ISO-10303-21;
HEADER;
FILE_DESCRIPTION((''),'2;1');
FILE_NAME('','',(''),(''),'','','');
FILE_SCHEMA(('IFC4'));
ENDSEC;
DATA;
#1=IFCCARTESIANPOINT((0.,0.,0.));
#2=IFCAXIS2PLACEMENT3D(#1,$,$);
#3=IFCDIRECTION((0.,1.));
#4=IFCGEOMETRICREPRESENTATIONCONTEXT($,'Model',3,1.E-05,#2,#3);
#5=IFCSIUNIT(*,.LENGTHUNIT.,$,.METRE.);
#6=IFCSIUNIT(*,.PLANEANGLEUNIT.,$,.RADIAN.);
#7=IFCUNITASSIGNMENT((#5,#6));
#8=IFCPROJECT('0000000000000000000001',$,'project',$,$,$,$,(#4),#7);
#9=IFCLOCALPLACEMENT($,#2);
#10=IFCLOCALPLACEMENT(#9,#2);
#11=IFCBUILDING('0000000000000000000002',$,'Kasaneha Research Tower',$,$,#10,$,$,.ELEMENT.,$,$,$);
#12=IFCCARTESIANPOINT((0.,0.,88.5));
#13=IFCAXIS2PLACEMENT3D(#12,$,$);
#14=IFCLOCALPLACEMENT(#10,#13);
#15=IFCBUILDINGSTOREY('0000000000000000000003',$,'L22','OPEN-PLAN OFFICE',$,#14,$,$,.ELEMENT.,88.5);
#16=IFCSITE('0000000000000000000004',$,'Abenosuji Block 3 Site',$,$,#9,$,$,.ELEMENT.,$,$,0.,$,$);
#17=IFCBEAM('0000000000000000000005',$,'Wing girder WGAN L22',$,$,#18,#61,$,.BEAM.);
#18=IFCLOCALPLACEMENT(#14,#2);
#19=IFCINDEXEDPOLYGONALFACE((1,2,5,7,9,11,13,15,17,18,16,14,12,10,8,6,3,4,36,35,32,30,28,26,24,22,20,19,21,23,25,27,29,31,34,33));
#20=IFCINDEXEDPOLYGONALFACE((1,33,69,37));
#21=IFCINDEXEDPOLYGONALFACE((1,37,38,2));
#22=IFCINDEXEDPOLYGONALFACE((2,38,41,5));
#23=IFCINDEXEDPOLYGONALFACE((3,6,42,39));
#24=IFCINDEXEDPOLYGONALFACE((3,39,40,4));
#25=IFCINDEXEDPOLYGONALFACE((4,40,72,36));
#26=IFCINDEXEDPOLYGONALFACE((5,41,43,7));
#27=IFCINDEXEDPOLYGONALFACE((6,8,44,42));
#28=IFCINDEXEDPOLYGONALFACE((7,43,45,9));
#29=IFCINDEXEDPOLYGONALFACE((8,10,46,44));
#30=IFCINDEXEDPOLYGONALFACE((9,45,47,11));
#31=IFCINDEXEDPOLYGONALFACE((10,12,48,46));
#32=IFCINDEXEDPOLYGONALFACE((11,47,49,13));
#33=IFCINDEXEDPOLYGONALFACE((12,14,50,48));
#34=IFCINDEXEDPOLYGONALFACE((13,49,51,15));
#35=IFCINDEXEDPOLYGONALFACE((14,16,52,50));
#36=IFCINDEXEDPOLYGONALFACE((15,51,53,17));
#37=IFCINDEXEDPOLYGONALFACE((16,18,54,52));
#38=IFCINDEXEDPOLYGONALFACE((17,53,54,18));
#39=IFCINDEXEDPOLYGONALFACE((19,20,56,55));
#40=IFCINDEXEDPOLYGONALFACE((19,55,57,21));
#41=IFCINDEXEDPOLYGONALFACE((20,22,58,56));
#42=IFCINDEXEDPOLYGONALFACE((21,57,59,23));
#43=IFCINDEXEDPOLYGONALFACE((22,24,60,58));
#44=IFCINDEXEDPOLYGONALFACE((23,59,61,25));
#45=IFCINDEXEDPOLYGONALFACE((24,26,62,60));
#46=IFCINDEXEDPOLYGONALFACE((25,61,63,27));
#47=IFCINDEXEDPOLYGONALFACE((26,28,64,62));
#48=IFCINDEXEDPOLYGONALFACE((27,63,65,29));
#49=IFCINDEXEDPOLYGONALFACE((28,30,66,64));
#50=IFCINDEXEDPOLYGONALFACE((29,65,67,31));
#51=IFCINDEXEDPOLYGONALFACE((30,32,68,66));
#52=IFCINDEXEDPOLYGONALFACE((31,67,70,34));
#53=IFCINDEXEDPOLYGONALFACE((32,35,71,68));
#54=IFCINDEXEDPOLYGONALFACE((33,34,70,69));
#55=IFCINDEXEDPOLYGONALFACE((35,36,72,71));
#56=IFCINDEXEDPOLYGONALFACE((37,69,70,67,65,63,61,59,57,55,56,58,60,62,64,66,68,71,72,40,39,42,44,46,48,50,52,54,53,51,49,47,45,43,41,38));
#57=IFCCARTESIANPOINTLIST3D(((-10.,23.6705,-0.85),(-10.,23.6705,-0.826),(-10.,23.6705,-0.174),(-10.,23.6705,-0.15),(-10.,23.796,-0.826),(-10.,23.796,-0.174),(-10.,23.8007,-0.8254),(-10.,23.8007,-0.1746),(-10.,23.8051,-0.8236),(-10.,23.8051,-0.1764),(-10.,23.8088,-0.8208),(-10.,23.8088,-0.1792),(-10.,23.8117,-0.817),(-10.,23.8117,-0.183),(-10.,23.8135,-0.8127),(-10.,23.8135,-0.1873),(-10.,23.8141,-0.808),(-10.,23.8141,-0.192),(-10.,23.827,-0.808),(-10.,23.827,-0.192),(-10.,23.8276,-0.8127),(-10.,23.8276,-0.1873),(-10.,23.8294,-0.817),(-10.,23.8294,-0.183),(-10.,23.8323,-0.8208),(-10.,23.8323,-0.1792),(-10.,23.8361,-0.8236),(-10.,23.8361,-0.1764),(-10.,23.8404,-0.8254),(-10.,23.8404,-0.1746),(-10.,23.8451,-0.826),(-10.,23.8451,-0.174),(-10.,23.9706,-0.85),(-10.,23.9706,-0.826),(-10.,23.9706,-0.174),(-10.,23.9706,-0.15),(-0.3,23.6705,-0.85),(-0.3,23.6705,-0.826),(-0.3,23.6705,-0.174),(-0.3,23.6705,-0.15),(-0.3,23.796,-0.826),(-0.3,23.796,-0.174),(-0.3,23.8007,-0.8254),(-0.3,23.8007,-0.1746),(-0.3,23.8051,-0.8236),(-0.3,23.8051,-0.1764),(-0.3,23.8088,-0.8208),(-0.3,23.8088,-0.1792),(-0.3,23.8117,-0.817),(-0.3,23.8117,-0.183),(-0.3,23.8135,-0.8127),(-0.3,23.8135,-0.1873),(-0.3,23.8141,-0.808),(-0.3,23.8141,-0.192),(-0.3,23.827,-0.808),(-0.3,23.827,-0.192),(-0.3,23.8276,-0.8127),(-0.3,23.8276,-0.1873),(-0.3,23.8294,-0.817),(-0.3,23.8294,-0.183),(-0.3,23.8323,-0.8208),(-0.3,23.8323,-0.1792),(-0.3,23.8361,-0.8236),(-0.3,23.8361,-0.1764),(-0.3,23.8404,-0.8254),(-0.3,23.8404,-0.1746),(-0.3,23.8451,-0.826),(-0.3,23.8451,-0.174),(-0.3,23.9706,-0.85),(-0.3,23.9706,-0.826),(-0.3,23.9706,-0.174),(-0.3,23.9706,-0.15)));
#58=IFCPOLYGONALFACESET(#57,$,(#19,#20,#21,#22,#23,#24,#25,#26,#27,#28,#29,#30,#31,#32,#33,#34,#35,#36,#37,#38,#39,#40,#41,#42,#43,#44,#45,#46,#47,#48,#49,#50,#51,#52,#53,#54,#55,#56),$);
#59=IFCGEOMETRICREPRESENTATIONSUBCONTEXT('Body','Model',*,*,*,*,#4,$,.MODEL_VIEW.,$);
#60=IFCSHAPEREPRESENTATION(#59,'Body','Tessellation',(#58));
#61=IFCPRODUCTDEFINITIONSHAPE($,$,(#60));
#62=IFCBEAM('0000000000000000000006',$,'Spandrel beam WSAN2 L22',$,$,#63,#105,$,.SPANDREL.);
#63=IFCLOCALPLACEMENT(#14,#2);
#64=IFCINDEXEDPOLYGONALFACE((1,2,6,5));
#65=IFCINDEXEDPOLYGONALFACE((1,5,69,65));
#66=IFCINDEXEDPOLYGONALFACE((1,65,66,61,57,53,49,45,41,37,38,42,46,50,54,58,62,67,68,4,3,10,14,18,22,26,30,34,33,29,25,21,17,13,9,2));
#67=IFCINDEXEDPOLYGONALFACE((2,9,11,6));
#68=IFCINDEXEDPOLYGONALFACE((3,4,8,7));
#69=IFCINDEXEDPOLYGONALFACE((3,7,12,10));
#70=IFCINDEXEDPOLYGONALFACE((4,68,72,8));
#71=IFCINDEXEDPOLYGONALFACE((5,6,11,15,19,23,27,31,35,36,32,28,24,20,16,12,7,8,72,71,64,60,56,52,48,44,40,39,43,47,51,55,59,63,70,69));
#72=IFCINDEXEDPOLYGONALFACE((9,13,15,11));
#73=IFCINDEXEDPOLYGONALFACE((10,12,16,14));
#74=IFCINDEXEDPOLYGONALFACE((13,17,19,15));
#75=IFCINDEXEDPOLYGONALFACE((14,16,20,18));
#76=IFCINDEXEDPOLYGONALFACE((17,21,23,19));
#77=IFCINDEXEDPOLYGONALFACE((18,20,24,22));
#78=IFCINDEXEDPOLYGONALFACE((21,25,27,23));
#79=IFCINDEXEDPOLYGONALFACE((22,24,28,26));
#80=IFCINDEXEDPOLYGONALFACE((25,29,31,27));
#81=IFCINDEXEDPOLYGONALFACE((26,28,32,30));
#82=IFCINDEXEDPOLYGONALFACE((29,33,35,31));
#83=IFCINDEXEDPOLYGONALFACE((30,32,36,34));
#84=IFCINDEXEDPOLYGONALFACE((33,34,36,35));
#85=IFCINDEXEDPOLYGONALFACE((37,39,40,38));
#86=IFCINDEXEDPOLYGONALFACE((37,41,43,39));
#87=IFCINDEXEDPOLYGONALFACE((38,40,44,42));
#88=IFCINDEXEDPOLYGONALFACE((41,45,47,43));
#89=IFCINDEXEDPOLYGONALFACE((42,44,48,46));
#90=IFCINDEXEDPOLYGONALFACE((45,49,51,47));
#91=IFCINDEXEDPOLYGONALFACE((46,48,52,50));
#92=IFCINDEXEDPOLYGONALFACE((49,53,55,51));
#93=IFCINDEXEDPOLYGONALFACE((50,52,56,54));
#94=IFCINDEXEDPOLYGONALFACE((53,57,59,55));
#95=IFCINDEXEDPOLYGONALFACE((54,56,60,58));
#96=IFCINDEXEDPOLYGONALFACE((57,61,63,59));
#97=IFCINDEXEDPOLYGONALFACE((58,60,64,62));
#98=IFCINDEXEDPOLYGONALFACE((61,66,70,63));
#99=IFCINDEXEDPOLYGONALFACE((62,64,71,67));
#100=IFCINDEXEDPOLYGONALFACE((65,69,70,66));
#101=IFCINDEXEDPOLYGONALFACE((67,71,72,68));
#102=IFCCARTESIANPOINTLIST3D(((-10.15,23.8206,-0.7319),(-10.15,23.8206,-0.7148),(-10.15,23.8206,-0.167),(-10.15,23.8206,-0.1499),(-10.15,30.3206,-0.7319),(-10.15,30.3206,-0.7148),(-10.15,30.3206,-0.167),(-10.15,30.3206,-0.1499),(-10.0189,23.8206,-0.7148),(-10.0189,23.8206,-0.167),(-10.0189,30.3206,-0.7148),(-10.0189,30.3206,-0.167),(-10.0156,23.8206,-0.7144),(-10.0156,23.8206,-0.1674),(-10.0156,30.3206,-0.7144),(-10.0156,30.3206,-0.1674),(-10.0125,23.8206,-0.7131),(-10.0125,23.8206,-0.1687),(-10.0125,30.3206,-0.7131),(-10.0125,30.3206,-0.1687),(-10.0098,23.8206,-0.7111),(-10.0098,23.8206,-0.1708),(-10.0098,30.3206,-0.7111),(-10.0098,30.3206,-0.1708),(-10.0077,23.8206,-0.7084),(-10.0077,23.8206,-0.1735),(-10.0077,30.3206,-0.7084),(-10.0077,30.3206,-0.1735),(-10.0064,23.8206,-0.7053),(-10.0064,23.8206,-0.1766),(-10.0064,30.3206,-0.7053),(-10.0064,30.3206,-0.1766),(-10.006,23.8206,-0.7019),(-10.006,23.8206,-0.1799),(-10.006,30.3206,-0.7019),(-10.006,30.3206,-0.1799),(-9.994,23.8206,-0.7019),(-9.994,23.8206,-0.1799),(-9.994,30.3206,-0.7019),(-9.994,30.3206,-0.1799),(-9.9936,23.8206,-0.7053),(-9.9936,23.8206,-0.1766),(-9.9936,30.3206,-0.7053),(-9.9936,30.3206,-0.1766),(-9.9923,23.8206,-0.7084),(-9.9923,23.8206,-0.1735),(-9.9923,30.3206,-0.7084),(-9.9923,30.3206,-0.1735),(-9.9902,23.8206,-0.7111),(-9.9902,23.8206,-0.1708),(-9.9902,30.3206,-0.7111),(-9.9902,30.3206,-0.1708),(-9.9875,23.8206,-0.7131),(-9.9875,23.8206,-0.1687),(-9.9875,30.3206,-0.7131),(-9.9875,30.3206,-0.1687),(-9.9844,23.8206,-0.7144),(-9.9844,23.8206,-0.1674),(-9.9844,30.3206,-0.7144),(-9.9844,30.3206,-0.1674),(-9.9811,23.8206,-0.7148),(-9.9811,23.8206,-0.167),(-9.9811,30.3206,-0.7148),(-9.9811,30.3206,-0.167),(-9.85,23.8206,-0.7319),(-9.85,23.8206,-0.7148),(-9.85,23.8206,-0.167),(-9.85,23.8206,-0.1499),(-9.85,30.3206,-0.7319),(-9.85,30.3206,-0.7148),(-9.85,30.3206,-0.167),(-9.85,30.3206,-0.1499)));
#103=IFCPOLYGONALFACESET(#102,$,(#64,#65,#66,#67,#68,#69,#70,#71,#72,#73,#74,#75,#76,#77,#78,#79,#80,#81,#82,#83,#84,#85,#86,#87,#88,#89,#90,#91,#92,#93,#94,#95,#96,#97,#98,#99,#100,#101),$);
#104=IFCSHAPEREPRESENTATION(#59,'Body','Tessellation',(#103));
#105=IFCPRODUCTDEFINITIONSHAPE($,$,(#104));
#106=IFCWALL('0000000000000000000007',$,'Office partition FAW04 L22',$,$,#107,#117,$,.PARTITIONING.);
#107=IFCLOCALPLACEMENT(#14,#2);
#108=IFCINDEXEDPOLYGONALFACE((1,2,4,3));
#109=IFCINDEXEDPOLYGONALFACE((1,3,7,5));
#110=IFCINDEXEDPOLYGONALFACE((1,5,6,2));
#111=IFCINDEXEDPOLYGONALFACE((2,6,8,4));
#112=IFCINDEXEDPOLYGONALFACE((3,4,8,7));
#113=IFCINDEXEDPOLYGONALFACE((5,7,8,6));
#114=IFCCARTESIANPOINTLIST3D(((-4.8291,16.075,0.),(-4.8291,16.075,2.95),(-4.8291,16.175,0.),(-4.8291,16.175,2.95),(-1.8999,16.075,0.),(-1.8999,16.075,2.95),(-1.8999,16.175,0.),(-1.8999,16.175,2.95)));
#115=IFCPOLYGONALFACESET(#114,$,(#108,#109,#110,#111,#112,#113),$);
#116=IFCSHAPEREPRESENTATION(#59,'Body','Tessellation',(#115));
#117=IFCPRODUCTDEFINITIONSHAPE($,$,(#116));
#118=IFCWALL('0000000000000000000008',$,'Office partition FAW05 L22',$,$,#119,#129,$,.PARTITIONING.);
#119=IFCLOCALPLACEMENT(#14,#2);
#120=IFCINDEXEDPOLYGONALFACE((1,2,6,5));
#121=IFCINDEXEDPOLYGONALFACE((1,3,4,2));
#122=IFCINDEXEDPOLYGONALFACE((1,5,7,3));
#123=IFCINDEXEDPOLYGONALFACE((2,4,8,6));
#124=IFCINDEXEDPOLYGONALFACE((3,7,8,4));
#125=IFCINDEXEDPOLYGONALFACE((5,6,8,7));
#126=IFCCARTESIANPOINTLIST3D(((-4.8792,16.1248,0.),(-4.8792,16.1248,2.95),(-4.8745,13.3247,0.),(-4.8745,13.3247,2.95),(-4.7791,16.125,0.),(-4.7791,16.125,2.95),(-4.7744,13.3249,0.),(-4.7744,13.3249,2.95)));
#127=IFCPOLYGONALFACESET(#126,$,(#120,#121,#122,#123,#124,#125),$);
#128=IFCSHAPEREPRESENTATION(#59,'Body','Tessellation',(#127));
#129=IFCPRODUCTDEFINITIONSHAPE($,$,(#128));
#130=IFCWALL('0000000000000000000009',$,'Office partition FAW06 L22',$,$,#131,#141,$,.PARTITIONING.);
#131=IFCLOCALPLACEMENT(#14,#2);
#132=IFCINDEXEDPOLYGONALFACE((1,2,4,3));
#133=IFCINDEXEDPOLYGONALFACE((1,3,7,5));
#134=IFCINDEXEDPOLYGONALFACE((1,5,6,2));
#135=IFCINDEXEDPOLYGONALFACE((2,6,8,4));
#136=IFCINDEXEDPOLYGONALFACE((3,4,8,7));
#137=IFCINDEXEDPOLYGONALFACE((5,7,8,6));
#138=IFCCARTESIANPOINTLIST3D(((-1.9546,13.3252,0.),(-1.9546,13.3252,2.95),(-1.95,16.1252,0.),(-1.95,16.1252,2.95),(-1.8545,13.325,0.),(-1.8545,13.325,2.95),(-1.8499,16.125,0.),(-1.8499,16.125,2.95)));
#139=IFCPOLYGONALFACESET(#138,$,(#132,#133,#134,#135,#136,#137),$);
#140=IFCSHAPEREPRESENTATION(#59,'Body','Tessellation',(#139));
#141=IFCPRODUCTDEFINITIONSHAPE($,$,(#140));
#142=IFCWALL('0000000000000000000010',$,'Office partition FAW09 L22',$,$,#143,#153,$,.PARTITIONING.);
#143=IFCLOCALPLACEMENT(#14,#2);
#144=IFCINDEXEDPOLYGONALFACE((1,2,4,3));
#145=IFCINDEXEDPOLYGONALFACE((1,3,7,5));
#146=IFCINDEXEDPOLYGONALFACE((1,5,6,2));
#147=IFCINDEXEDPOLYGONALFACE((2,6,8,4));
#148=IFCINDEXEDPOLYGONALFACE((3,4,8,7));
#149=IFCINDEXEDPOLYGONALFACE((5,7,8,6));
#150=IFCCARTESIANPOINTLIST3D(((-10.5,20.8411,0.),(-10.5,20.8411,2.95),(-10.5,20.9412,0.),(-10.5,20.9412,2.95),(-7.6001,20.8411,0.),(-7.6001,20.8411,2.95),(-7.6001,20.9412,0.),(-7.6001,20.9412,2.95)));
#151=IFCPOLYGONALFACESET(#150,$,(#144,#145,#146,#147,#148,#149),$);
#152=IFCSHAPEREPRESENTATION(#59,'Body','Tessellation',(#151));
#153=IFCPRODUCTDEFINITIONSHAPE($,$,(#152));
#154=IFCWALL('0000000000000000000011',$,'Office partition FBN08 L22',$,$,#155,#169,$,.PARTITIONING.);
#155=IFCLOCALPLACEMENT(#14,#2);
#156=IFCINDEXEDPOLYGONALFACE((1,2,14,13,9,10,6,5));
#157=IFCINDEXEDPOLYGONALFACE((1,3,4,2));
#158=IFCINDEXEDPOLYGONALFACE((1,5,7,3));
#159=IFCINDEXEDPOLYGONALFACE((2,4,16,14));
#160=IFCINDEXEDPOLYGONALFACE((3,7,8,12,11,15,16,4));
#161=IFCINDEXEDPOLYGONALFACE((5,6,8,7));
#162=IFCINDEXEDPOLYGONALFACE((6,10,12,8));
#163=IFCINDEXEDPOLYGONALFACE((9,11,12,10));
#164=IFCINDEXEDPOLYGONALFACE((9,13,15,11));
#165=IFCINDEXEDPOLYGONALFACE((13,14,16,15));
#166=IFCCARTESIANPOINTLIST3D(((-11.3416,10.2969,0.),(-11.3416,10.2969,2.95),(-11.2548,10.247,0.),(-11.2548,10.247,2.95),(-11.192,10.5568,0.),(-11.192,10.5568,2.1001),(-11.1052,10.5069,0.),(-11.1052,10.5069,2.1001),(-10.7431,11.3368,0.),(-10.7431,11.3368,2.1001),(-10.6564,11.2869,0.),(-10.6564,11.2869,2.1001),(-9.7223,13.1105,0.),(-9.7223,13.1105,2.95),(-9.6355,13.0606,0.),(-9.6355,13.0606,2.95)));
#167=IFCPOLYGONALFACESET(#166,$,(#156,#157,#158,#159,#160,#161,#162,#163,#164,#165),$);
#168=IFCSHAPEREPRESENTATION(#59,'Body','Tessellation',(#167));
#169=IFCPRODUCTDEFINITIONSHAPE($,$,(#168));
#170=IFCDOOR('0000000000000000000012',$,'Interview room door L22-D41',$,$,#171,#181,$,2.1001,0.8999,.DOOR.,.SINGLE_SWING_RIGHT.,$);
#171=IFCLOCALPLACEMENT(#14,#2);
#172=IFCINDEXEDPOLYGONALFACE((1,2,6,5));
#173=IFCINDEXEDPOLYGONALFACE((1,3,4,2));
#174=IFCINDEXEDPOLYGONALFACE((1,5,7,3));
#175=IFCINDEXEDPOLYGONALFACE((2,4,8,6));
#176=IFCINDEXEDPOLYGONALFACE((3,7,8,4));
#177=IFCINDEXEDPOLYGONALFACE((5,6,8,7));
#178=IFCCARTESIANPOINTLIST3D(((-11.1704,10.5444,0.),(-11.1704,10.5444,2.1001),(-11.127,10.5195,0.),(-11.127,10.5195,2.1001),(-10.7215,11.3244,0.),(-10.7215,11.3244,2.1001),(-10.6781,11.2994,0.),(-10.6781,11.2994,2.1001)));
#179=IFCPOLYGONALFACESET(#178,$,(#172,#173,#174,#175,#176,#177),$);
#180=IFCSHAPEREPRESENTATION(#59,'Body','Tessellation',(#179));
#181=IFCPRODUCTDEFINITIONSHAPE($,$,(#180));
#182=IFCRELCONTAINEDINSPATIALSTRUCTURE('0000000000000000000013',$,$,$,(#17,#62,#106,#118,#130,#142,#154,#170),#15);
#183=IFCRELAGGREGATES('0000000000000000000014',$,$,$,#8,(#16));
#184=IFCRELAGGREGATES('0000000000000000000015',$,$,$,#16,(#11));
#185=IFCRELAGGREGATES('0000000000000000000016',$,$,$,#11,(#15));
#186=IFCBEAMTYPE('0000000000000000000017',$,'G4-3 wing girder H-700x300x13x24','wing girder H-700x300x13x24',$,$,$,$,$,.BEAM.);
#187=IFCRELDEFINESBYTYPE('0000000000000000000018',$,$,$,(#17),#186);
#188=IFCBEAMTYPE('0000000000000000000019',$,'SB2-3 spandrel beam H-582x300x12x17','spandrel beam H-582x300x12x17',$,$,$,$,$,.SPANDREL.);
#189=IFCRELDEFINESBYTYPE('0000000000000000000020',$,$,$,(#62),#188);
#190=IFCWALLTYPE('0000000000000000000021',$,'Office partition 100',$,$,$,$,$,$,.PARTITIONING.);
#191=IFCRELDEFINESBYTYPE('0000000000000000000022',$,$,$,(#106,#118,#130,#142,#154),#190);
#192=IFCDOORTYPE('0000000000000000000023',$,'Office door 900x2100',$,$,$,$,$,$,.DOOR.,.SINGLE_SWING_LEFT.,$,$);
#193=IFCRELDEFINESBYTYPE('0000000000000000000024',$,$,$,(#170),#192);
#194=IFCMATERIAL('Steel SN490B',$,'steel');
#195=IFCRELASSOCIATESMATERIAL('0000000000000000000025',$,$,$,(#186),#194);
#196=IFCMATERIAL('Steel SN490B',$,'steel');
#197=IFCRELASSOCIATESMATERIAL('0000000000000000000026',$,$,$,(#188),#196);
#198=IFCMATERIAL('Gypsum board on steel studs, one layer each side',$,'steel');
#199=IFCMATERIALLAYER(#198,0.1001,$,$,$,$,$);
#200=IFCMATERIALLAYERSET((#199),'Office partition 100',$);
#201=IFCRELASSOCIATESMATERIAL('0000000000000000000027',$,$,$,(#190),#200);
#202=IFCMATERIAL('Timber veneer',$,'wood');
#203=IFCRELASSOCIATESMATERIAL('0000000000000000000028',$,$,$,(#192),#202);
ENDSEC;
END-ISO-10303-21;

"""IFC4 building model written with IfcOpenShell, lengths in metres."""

from ifc_helpers import new_model, si_unit, direction, frame, frame_2d, origin, origin_2d, place, context, subcontext, project, spatial, rectangle, i_section, extrude, material, layer, layer_set, material_profile, profile_set, type_object, element, fill, save


model = new_model("IFC4")

# Units and contexts
model_context = context("Model", 3, precision=1e-05, world=origin(), true_north=direction((0.0, 1.0)))
body_context = subcontext(model_context, "Body", "Model", "MODEL_VIEW")
ifc_project = project(units=[si_unit("LENGTHUNIT", "METRE"), si_unit("PLANEANGLEUNIT", "RADIAN")], contexts=[model_context])

# Site, building, storey
site_placement = place(None, origin())
site = spatial("IfcSite", under=ifc_project, at=site_placement, Name="Abenosuji Block 3 Site", CompositionType="ELEMENT", RefElevation=0.0)
building_placement = place(site_placement, origin())
building = spatial("IfcBuilding", under=site, at=building_placement, Name="Kasaneha Research Tower", CompositionType="ELEMENT")
storey_placement = place(building_placement, frame((0.0, 0.0, 88.5)))
storey = spatial("IfcBuildingStorey", under=building, at=storey_placement, Name="L22", Description="OPEN-PLAN OFFICE", CompositionType="ELEMENT", Elevation=88.5)

# Beams
ifc_material_1 = material(Name="Steel SN490B", Category="steel")
ifc_material_profile_1 = material_profile(ifc_material_1, i_section(OverallWidth=0.3, OverallDepth=0.7, WebThickness=0.0129, FlangeThickness=0.0239, FilletRadius=0.0181, at=origin_2d()), Name="H-700x300x13x24")
ifc_profile_set_1 = profile_set([ifc_material_profile_1], Name="Steel SN490B")
beam_type_1 = type_object("IfcBeamType", Name="G4-3 wing girder H-700x300x13x24", Description="wing girder H-700x300x13x24", PredefinedType="BEAM", material=ifc_profile_set_1)
beam_1_placement = place(storey_placement, frame((-10.0, 23.8206, -0.5), z_axis=(1.0, 0.0, 0.0), x_axis=(0.0, 1.0, 0.0)))
element("IfcBeam", 1, at=beam_1_placement, inside=storey, type_object=beam_type_1, Name="Wing girder WGAN L22", PredefinedType="BEAM", context=body_context, shape_type="SweptSolid", body=[
    extrude(i_section(OverallWidth=0.3, OverallDepth=0.7, WebThickness=0.0129, FlangeThickness=0.0239, FilletRadius=0.0181, at=origin_2d()), origin(), (0.0, 0.0, 1.0), 9.7),
])
ifc_material_2 = material(Name="Steel SN490B", Category="steel")
ifc_material_profile_2 = material_profile(ifc_material_2, i_section(OverallWidth=0.3, OverallDepth=0.582, WebThickness=0.012, FlangeThickness=0.0171, FilletRadius=0.0129, at=origin_2d()), Name="H-582x300x12x17")
ifc_profile_set_2 = profile_set([ifc_material_profile_2], Name="Steel SN490B")
beam_type_2 = type_object("IfcBeamType", Name="SB2-3 spandrel beam H-582x300x12x17", Description="spandrel beam H-582x300x12x17", PredefinedType="SPANDREL", material=ifc_profile_set_2)
beam_2_placement = place(storey_placement, frame((-10.0, 23.8206, -0.4409), z_axis=(0.0, 1.0, 0.0), x_axis=(-1.0, 0.0, 0.0)))
element("IfcBeam", 2, at=beam_2_placement, inside=storey, type_object=beam_type_2, Name="Spandrel beam WSAN2 L22", PredefinedType="SPANDREL", context=body_context, shape_type="SweptSolid", body=[
    extrude(i_section(OverallWidth=0.3, OverallDepth=0.582, WebThickness=0.012, FlangeThickness=0.0171, FilletRadius=0.0129, at=origin_2d()), origin(), (0.0, 0.0, 1.0), 6.5),
])

# Walls
ifc_material_3 = material(Name="Gypsum board on steel studs, one layer each side", Category="steel")
ifc_layer_1 = layer(ifc_material_3, 0.1001)
ifc_layer_set_1 = layer_set([ifc_layer_1], Name="Office partition 100")
wall_type_1 = type_object("IfcWallType", Name="Office partition 100", PredefinedType="PARTITIONING", material=ifc_layer_set_1)
wall_1_placement = place(storey_placement, frame((-4.8291, 16.125, 0.0), z_axis=(0.0, 0.0, 1.0), x_axis=(1.0, 0.0, 0.0)))
element("IfcWall", 3, at=wall_1_placement, inside=storey, type_object=wall_type_1, Name="Office partition FAW04 L22", PredefinedType="PARTITIONING", context=body_context, shape_type="SweptSolid", body=[
    extrude(rectangle(XDim=2.9292, YDim=0.1001, at=frame_2d((1.4646, 0.0))), origin(), (0.0, 0.0, 1.0), 2.95),
])
for number, where, z_axis, x_axis, name in (
    (4, (-4.8245, 13.325, 0.0), (0.0, 0.0, 1.0), (-0.001657, 0.999999, 0.0), "Office partition FAW05 L22"),
    (5, (-1.8999, 16.125, 0.0), (0.0, 0.0, 1.0), (-0.001657, -0.999999, 0.0), "Office partition FAW06 L22"),
):
    element("IfcWall", number, at=place(storey_placement, frame(where, z_axis=z_axis, x_axis=x_axis)), inside=storey, type_object=wall_type_1, Name=name, PredefinedType="PARTITIONING", context=body_context, shape_type="SweptSolid", body=[
        extrude(rectangle(XDim=2.8, YDim=0.1001, at=frame_2d((1.3999, 0.0))), origin(), (0.0, 0.0, 1.0), 2.95),
    ])
wall_2_placement = place(storey_placement, frame((-7.6001, 20.8911, 0.0), z_axis=(0.0, 0.0, 1.0), x_axis=(-1.0, 0.0, 0.0)))
element("IfcWall", 6, at=wall_2_placement, inside=storey, type_object=wall_type_1, Name="Office partition FAW09 L22", PredefinedType="PARTITIONING", context=body_context, shape_type="SweptSolid", body=[
    extrude(rectangle(XDim=2.8999, YDim=0.1001, at=frame_2d((1.45, 0.0))), origin(), (0.0, 0.0, 1.0), 2.95),
])

# Wall, opening, door
wall_3_placement = place(storey_placement, frame((-9.679, 13.0854, 0.0), z_axis=(0.0, 0.0, 1.0), x_axis=(-0.498817, -0.866707, 0.0)))
wall_3 = element("IfcWall", 7, at=wall_3_placement, inside=storey, type_object=wall_type_1, Name="Office partition FBN08 L22", PredefinedType="PARTITIONING", context=body_context, shape_type="SweptSolid", body=[
    extrude(rectangle(XDim=3.2463, YDim=0.1001, at=frame_2d((1.623, 0.0))), origin(), (0.0, 0.0, 1.0), 2.95),
])
opening_1_placement = place(wall_3_placement, frame((2.0464, 0.0, 0.0)))
opening_1 = element("IfcOpeningElement", 8, at=opening_1_placement, cuts=wall_3, PredefinedType="OPENING", context=body_context, shape_type="SweptSolid", body=[
    extrude(rectangle(XDim=0.8999, YDim=2.1001, at=frame_2d((0.45, 1.05))), frame((0.0, 0.0601, 0.0), z_axis=(0.0, -1.0, 0.0), x_axis=(1.0, 0.0, 0.0)), (0.0, 0.0, 1.0), 0.1201),
])
ifc_material_4 = material(Name="Timber veneer", Category="wood")
door_type_1 = type_object("IfcDoorType", Name="Office door 900x2100", OperationType="SINGLE_SWING_LEFT", PredefinedType="DOOR", material=ifc_material_4)
door_1_placement = place(opening_1_placement, origin())
door_1 = element("IfcDoor", 9, at=door_1_placement, inside=storey, type_object=door_type_1, Name="Interview room door L22-D41", OperationType="SINGLE_SWING_RIGHT", OverallHeight=2.1001, OverallWidth=0.8999, PredefinedType="DOOR", context=body_context, shape_type="SweptSolid", body=[
    extrude(rectangle(XDim=0.8999, YDim=2.1001, at=frame_2d((0.45, 1.05))), frame((0.0, 0.0249, 0.0), z_axis=(0.0, -1.0, 0.0), x_axis=(1.0, 0.0, 0.0)), (0.0, 0.0, 1.0), 0.05),
])
fill(opening_1, door_1)

save(model, "model.ifc")
